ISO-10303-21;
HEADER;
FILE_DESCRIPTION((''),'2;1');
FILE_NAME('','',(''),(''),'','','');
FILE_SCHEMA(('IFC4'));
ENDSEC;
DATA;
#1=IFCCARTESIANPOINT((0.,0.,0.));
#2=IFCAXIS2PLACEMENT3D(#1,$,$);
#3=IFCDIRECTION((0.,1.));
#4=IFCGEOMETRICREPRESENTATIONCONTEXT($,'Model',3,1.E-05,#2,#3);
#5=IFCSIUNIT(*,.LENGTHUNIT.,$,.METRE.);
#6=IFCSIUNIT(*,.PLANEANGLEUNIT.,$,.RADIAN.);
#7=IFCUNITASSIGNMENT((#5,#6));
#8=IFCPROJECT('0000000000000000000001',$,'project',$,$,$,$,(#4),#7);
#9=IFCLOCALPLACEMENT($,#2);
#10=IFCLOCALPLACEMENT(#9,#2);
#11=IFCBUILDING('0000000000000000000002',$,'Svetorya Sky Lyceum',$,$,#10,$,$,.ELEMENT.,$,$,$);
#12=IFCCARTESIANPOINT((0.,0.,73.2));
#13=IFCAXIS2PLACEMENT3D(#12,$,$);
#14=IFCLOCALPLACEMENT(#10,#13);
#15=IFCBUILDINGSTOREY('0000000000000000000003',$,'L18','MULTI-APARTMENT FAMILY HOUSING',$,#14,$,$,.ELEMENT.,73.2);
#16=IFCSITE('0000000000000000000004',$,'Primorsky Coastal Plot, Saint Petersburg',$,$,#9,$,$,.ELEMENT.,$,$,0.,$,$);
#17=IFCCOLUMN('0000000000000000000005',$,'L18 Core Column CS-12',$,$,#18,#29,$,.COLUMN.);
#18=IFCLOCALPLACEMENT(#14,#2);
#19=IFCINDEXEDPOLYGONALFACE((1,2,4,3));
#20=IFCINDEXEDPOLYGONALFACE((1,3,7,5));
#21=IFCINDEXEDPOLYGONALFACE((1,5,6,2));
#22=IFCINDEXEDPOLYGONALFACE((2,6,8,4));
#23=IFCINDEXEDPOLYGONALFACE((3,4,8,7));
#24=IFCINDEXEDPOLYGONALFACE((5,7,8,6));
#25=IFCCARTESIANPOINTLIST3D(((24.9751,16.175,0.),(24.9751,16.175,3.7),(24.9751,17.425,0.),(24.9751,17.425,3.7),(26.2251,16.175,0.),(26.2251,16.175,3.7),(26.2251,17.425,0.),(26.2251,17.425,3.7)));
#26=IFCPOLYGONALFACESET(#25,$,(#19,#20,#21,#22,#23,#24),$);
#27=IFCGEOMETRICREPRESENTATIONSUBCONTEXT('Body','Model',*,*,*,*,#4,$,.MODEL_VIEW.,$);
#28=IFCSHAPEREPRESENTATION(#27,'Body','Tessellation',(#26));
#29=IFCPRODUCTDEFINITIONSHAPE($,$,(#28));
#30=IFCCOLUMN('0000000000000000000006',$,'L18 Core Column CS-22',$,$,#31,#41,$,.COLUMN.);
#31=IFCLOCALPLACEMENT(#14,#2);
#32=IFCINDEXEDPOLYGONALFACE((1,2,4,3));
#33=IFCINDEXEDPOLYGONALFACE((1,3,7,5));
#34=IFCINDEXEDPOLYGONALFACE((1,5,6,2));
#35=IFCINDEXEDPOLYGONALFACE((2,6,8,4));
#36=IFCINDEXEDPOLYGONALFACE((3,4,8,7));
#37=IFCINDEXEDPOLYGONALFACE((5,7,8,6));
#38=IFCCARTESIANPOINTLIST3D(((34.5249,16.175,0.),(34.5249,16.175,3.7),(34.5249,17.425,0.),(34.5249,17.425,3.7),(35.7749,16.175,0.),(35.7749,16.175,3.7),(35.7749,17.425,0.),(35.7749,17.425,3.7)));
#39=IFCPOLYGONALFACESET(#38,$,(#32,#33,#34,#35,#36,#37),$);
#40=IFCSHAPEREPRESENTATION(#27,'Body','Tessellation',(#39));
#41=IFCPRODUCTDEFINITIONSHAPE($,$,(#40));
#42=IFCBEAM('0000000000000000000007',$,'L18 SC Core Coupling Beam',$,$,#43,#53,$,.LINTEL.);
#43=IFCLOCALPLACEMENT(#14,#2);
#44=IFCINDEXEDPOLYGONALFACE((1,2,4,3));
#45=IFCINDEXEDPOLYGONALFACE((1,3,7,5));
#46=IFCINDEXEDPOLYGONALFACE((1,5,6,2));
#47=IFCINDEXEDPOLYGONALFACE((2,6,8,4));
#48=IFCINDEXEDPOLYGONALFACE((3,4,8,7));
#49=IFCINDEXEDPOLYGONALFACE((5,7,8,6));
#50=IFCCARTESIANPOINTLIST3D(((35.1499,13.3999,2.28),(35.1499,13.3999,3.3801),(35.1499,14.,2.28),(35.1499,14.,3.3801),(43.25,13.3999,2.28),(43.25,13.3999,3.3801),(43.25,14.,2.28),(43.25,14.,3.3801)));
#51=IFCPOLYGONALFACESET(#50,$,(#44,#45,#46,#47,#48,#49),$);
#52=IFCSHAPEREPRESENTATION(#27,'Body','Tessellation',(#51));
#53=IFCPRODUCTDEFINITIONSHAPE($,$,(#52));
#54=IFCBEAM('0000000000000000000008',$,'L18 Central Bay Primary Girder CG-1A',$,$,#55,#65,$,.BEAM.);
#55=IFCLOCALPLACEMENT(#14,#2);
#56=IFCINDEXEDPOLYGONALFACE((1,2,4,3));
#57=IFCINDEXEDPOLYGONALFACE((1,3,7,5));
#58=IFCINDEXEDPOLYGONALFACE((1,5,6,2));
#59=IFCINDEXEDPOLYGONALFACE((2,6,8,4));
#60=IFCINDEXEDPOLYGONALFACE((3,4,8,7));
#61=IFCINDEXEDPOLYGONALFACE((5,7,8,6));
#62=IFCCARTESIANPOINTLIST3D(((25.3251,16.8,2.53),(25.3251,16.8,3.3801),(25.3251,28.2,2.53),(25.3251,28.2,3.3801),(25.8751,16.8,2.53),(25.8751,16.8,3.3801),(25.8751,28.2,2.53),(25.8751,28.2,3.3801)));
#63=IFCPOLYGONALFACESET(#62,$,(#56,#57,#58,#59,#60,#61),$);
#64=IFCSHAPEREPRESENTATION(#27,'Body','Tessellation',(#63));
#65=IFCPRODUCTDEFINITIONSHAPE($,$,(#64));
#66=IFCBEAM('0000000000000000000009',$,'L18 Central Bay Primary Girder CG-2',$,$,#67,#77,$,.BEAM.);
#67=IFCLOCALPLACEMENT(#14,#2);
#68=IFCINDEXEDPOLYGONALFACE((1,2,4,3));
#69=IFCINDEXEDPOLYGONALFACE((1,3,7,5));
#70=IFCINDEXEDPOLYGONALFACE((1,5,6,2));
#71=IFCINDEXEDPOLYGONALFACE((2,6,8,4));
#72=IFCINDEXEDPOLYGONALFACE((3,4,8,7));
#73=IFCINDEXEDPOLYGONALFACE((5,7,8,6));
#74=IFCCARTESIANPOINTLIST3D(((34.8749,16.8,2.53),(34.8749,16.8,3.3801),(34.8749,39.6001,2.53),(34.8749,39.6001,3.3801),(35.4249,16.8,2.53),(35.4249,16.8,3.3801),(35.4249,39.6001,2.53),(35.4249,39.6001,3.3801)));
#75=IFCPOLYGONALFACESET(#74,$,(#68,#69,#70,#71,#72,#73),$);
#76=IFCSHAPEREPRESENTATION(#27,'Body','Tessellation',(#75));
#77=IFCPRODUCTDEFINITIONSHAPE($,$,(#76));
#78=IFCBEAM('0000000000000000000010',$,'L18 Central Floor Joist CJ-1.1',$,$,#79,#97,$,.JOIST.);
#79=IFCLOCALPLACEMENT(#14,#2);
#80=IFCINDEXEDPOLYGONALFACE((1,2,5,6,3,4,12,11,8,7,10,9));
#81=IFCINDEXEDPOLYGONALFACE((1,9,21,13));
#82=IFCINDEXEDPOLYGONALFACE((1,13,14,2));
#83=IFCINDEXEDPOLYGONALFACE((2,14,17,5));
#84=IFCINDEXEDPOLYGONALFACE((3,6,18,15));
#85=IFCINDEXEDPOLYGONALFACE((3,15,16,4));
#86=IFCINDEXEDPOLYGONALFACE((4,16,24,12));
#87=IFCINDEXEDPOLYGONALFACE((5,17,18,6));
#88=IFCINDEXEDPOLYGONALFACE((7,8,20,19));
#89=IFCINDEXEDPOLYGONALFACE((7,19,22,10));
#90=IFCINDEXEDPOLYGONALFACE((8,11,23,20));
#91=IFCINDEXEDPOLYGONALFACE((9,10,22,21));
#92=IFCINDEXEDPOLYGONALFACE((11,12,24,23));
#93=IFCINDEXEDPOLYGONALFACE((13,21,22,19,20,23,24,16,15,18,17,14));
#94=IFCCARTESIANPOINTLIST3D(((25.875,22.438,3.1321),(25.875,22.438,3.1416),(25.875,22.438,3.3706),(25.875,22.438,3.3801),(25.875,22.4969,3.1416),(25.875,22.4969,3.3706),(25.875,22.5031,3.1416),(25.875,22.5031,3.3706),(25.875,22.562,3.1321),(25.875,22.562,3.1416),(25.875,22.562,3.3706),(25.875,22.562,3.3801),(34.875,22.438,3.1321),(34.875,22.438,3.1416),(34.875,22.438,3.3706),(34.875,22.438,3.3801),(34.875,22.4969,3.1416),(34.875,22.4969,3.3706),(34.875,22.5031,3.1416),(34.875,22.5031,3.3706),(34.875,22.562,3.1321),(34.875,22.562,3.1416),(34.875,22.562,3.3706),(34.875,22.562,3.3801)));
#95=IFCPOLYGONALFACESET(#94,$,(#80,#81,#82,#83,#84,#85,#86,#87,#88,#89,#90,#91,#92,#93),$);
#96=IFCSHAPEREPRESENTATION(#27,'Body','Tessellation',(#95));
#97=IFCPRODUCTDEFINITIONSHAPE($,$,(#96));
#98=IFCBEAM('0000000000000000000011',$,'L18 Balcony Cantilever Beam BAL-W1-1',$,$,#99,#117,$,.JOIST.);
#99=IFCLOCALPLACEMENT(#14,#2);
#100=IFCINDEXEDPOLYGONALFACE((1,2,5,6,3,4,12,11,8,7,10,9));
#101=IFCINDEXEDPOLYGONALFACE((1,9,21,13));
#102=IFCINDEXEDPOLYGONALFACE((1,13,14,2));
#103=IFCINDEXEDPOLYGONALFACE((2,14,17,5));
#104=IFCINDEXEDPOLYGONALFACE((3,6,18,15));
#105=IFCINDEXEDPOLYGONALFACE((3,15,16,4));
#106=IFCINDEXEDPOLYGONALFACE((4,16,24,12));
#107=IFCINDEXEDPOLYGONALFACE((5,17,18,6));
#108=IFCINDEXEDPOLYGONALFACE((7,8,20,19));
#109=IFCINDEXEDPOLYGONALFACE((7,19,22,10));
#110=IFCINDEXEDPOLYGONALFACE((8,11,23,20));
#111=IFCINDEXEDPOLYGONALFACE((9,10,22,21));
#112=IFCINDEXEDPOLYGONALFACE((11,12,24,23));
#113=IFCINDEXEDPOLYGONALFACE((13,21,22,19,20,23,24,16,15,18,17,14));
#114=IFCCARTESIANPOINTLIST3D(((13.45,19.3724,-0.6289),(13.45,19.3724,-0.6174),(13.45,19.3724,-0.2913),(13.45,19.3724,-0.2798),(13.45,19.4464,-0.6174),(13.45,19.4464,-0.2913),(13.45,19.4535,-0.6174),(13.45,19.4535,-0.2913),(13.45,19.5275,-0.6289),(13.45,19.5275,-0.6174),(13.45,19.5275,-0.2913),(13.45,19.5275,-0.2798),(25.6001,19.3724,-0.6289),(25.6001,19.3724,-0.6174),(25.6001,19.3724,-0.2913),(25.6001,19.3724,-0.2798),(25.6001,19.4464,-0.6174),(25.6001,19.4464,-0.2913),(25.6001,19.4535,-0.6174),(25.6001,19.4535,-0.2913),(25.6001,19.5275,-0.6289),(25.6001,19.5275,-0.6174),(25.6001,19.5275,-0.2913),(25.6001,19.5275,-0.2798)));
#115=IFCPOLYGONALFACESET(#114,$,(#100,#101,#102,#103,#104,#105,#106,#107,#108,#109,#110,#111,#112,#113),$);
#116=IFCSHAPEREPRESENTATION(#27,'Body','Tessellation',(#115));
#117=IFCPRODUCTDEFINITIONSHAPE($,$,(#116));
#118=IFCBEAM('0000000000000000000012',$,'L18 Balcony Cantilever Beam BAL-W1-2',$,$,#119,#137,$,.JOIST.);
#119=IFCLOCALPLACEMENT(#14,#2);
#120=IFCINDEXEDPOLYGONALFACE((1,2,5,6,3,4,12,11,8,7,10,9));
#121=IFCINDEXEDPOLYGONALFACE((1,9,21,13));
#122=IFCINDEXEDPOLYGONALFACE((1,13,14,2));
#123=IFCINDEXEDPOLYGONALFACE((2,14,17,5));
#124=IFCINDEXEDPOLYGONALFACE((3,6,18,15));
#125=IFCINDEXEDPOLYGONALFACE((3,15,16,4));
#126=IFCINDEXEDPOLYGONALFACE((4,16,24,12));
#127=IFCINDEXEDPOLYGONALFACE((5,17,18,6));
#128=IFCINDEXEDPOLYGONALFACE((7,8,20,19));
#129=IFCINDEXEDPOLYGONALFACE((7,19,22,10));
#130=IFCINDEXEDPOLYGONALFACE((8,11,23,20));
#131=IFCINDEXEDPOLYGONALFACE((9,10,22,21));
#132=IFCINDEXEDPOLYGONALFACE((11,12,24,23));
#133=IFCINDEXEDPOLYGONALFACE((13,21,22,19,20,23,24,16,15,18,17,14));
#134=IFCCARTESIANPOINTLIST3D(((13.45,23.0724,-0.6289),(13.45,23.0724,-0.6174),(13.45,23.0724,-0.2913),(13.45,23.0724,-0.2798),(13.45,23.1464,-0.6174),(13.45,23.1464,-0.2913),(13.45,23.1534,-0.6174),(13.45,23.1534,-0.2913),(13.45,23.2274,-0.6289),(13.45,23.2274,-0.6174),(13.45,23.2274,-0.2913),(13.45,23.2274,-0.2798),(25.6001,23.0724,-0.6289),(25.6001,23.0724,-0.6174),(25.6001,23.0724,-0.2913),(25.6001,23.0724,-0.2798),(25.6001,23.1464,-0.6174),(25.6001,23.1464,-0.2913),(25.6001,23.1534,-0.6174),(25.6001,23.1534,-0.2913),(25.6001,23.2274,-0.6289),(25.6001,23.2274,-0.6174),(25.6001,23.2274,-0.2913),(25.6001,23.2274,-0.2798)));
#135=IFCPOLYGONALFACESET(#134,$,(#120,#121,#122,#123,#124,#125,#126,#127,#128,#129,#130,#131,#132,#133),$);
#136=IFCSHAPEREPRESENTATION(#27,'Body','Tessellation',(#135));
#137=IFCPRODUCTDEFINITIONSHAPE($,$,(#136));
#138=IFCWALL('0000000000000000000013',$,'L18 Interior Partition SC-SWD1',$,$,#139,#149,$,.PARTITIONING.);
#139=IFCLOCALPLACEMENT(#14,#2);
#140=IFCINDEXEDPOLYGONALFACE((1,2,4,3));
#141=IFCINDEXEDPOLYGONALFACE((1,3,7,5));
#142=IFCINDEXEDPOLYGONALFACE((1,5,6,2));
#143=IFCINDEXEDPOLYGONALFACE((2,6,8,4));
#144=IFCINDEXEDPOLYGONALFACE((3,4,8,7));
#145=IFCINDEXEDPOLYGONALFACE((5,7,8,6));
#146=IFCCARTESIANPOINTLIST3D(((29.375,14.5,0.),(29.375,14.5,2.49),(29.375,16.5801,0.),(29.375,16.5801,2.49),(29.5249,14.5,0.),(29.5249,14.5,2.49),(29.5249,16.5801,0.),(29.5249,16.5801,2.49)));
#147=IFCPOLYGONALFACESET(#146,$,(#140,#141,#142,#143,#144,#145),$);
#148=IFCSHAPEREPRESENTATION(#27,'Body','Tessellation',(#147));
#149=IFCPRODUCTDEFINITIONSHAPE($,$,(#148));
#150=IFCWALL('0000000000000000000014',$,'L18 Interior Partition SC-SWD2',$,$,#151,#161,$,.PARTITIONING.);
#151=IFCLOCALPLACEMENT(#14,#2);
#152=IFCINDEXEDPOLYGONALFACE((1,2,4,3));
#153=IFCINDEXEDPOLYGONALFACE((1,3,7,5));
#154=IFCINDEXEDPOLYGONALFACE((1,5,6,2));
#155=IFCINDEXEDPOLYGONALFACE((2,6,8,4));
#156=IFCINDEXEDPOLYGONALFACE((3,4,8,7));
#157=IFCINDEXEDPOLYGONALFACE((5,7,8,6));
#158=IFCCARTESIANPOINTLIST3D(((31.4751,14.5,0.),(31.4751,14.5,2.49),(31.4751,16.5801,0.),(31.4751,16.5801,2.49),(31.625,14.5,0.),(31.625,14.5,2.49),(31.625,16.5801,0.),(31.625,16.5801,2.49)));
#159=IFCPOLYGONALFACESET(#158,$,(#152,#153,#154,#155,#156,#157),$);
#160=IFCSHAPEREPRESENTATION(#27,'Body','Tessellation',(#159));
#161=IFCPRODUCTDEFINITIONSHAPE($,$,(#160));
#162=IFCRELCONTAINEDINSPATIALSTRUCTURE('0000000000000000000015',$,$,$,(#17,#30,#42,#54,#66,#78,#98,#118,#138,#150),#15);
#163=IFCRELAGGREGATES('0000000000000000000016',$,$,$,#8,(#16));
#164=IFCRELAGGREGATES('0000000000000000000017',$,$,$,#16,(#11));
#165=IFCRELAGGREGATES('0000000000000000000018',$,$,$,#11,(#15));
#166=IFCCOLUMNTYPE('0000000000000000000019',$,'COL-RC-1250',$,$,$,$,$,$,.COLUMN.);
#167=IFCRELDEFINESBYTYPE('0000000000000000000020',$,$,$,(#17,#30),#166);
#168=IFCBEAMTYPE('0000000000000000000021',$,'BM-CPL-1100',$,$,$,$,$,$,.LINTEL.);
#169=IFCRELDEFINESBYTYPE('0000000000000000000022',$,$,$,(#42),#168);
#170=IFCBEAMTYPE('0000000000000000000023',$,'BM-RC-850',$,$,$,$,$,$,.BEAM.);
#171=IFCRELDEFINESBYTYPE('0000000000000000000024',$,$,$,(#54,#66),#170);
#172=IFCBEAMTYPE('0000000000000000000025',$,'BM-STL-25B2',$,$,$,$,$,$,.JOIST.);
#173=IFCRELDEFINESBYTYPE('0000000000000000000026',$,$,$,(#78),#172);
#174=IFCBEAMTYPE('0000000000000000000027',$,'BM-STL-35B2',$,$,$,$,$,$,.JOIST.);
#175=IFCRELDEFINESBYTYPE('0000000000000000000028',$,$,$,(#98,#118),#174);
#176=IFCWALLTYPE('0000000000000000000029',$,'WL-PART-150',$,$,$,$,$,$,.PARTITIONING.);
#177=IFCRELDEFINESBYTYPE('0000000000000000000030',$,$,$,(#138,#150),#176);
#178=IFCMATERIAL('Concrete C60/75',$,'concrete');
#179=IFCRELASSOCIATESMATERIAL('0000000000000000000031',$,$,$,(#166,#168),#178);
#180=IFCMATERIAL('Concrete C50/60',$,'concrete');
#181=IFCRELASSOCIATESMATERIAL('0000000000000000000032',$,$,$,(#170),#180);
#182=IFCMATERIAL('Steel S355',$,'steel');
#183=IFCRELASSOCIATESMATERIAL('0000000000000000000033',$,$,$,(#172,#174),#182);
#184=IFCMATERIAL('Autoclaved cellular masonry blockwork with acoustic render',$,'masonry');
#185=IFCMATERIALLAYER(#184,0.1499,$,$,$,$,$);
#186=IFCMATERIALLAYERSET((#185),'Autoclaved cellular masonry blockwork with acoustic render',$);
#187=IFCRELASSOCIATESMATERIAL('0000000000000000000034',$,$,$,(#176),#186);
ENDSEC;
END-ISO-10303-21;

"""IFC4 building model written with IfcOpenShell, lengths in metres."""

from ifc_helpers import new_model, si_unit, direction, frame, frame_2d, origin, origin_2d, place, context, subcontext, project, spatial, rectangle, i_section, extrude, material, layer, layer_set, material_profile, profile_set, type_object, element, save


model = new_model("IFC4")

# Units and contexts
model_context = context("Model", 3, precision=1e-05, world=origin(), true_north=direction((0.0, 1.0)))
body_context = subcontext(model_context, "Body", "Model", "MODEL_VIEW")
ifc_project = project(units=[si_unit("LENGTHUNIT", "METRE"), si_unit("PLANEANGLEUNIT", "RADIAN")], contexts=[model_context])

# Site, building, storey
site_placement = place(None, origin())
site = spatial("IfcSite", under=ifc_project, at=site_placement, Name="Primorsky Coastal Plot, Saint Petersburg", CompositionType="ELEMENT", RefElevation=0.0)
building_placement = place(site_placement, origin())
building = spatial("IfcBuilding", under=site, at=building_placement, Name="Svetorya Sky Lyceum", CompositionType="ELEMENT")
storey_placement = place(building_placement, frame((0.0, 0.0, 73.2)))
storey = spatial("IfcBuildingStorey", under=building, at=storey_placement, Name="L18", Description="MULTI-APARTMENT FAMILY HOUSING", CompositionType="ELEMENT", Elevation=73.2)

# Columns
ifc_material_1 = material(Name="Concrete C60/75", Category="concrete")
ifc_material_profile_1 = material_profile(ifc_material_1, rectangle(XDim=1.25, YDim=1.25, at=origin_2d()), Name="RC COL 1250x1250")
ifc_profile_set_1 = profile_set([ifc_material_profile_1], Name="Concrete C60/75")
column_type = type_object("IfcColumnType", Name="COL-RC-1250", PredefinedType="COLUMN", material=ifc_profile_set_1)
for number, where, z_axis, x_axis, name in (
    (1, (25.6001, 16.8, 0.0), (0.0, 0.0, 1.0), (1.0, 0.0, 0.0), "L18 Core Column CS-12"),
    (2, (35.1499, 16.8, 0.0), (0.0, 0.0, 1.0), (1.0, 0.0, 0.0), "L18 Core Column CS-22"),
):
    element("IfcColumn", number, at=place(storey_placement, frame(where, z_axis=z_axis, x_axis=x_axis)), inside=storey, type_object=column_type, Name=name, PredefinedType="COLUMN", context=body_context, shape_type="SweptSolid", body=[
        extrude(rectangle(XDim=1.25, YDim=1.25, at=origin_2d()), origin(), (0.0, 0.0, 1.0), 3.7),
    ])

# Beams
ifc_material_profile_2 = material_profile(ifc_material_1, rectangle(XDim=0.6001, YDim=1.1001, at=origin_2d()), Name="RC COUPLING 600x1100")
ifc_profile_set_2 = profile_set([ifc_material_profile_2], Name="Concrete C60/75")
beam_type_1 = type_object("IfcBeamType", Name="BM-CPL-1100", PredefinedType="LINTEL", material=ifc_profile_set_2)
beam_1_placement = place(storey_placement, frame((35.1499, 13.7, 2.8301), z_axis=(1.0, 0.0, 0.0), x_axis=(0.0, 1.0, 0.0)))
element("IfcBeam", 3, at=beam_1_placement, inside=storey, type_object=beam_type_1, Name="L18 SC Core Coupling Beam", PredefinedType="LINTEL", context=body_context, shape_type="SweptSolid", body=[
    extrude(rectangle(XDim=0.6001, YDim=1.1001, at=origin_2d()), origin(), (0.0, 0.0, 1.0), 8.1001),
])
ifc_material_2 = material(Name="Concrete C50/60", Category="concrete")
ifc_material_profile_3 = material_profile(ifc_material_2, rectangle(XDim=0.55, YDim=0.8501, at=origin_2d()), Name="RC BEAM 550x850")
ifc_profile_set_3 = profile_set([ifc_material_profile_3], Name="Concrete C50/60")
beam_type_2 = type_object("IfcBeamType", Name="BM-RC-850", PredefinedType="BEAM", material=ifc_profile_set_3)
beam_2_placement = place(storey_placement, frame((25.6001, 16.8, 2.9551), z_axis=(0.0, 1.0, 0.0), x_axis=(-1.0, 0.0, 0.0)))
element("IfcBeam", 4, at=beam_2_placement, inside=storey, type_object=beam_type_2, Name="L18 Central Bay Primary Girder CG-1A", PredefinedType="BEAM", context=body_context, shape_type="SweptSolid", body=[
    extrude(rectangle(XDim=0.55, YDim=0.8501, at=origin_2d()), origin(), (0.0, 0.0, 1.0), 11.3999),
])
beam_3_placement = place(storey_placement, frame((35.1499, 16.8, 2.9551), z_axis=(0.0, 1.0, 0.0), x_axis=(-1.0, 0.0, 0.0)))
element("IfcBeam", 5, at=beam_3_placement, inside=storey, type_object=beam_type_2, Name="L18 Central Bay Primary Girder CG-2", PredefinedType="BEAM", context=body_context, shape_type="SweptSolid", body=[
    extrude(rectangle(XDim=0.55, YDim=0.8501, at=origin_2d()), origin(), (0.0, 0.0, 1.0), 22.8),
])
ifc_material_3 = material(Name="Steel S355", Category="steel")
ifc_material_profile_4 = material_profile(ifc_material_3, i_section(OverallWidth=0.124, OverallDepth=0.248, WebThickness=0.0061, FlangeThickness=0.0095, at=origin_2d()), Name="GOST 25B2")
ifc_profile_set_4 = profile_set([ifc_material_profile_4], Name="Steel S355")
beam_type_3 = type_object("IfcBeamType", Name="BM-STL-25B2", PredefinedType="JOIST", material=ifc_profile_set_4)
beam_4_placement = place(storey_placement, frame((25.875, 22.5, 3.2561), z_axis=(1.0, 0.0, 0.0), x_axis=(0.0, 1.0, 0.0)))
element("IfcBeam", 6, at=beam_4_placement, inside=storey, type_object=beam_type_3, Name="L18 Central Floor Joist CJ-1.1", PredefinedType="JOIST", context=body_context, shape_type="SweptSolid", body=[
    extrude(i_section(OverallWidth=0.124, OverallDepth=0.248, WebThickness=0.0061, FlangeThickness=0.0095, at=origin_2d()), origin(), (0.0, 0.0, 1.0), 9.0),
])
ifc_material_profile_5 = material_profile(ifc_material_3, i_section(OverallWidth=0.155, OverallDepth=0.3491, WebThickness=0.0071, FlangeThickness=0.0115, at=origin_2d()), Name="GOST 35B2")
ifc_profile_set_5 = profile_set([ifc_material_profile_5], Name="Steel S355")
beam_type_4 = type_object("IfcBeamType", Name="BM-STL-35B2", PredefinedType="JOIST", material=ifc_profile_set_5)
for number, where, z_axis, x_axis, name in (
    (7, (25.6001, 19.45, -0.4543), (-1.0, 0.0, 0.0), (0.0, -1.0, 0.0), "L18 Balcony Cantilever Beam BAL-W1-1"),
    (8, (25.6001, 23.1499, -0.4543), (-1.0, 0.0, 0.0), (0.0, -1.0, 0.0), "L18 Balcony Cantilever Beam BAL-W1-2"),
):
    element("IfcBeam", number, at=place(storey_placement, frame(where, z_axis=z_axis, x_axis=x_axis)), inside=storey, type_object=beam_type_4, Name=name, PredefinedType="JOIST", context=body_context, shape_type="SweptSolid", body=[
        extrude(i_section(OverallWidth=0.155, OverallDepth=0.3491, WebThickness=0.0071, FlangeThickness=0.0115, at=origin_2d()), origin(), (0.0, 0.0, 1.0), 12.1501),
    ])

# Walls
ifc_material_4 = material(Name="Autoclaved cellular masonry blockwork with acoustic render", Category="masonry")
ifc_layer_1 = layer(ifc_material_4, 0.1499)
ifc_layer_set_1 = layer_set([ifc_layer_1], Name="Autoclaved cellular masonry blockwork with acoustic render")
wall_type_1 = type_object("IfcWallType", Name="WL-PART-150", PredefinedType="PARTITIONING", material=ifc_layer_set_1)
for number, where, z_axis, x_axis, name in (
    (9, (29.45, 14.5, 0.0), (0.0, 0.0, 1.0), (0.0, 1.0, 0.0), "L18 Interior Partition SC-SWD1"),
    (10, (31.55, 14.5, 0.0), (0.0, 0.0, 1.0), (0.0, 1.0, 0.0), "L18 Interior Partition SC-SWD2"),
):
    element("IfcWall", number, at=place(storey_placement, frame(where, z_axis=z_axis, x_axis=x_axis)), inside=storey, type_object=wall_type_1, Name=name, PredefinedType="PARTITIONING", context=body_context, shape_type="SweptSolid", body=[
        extrude(rectangle(XDim=2.0801, YDim=0.1499, at=frame_2d((1.04, 0.0))), origin(), (0.0, 0.0, 1.0), 2.49),
    ])

save(model, "model.ifc")
